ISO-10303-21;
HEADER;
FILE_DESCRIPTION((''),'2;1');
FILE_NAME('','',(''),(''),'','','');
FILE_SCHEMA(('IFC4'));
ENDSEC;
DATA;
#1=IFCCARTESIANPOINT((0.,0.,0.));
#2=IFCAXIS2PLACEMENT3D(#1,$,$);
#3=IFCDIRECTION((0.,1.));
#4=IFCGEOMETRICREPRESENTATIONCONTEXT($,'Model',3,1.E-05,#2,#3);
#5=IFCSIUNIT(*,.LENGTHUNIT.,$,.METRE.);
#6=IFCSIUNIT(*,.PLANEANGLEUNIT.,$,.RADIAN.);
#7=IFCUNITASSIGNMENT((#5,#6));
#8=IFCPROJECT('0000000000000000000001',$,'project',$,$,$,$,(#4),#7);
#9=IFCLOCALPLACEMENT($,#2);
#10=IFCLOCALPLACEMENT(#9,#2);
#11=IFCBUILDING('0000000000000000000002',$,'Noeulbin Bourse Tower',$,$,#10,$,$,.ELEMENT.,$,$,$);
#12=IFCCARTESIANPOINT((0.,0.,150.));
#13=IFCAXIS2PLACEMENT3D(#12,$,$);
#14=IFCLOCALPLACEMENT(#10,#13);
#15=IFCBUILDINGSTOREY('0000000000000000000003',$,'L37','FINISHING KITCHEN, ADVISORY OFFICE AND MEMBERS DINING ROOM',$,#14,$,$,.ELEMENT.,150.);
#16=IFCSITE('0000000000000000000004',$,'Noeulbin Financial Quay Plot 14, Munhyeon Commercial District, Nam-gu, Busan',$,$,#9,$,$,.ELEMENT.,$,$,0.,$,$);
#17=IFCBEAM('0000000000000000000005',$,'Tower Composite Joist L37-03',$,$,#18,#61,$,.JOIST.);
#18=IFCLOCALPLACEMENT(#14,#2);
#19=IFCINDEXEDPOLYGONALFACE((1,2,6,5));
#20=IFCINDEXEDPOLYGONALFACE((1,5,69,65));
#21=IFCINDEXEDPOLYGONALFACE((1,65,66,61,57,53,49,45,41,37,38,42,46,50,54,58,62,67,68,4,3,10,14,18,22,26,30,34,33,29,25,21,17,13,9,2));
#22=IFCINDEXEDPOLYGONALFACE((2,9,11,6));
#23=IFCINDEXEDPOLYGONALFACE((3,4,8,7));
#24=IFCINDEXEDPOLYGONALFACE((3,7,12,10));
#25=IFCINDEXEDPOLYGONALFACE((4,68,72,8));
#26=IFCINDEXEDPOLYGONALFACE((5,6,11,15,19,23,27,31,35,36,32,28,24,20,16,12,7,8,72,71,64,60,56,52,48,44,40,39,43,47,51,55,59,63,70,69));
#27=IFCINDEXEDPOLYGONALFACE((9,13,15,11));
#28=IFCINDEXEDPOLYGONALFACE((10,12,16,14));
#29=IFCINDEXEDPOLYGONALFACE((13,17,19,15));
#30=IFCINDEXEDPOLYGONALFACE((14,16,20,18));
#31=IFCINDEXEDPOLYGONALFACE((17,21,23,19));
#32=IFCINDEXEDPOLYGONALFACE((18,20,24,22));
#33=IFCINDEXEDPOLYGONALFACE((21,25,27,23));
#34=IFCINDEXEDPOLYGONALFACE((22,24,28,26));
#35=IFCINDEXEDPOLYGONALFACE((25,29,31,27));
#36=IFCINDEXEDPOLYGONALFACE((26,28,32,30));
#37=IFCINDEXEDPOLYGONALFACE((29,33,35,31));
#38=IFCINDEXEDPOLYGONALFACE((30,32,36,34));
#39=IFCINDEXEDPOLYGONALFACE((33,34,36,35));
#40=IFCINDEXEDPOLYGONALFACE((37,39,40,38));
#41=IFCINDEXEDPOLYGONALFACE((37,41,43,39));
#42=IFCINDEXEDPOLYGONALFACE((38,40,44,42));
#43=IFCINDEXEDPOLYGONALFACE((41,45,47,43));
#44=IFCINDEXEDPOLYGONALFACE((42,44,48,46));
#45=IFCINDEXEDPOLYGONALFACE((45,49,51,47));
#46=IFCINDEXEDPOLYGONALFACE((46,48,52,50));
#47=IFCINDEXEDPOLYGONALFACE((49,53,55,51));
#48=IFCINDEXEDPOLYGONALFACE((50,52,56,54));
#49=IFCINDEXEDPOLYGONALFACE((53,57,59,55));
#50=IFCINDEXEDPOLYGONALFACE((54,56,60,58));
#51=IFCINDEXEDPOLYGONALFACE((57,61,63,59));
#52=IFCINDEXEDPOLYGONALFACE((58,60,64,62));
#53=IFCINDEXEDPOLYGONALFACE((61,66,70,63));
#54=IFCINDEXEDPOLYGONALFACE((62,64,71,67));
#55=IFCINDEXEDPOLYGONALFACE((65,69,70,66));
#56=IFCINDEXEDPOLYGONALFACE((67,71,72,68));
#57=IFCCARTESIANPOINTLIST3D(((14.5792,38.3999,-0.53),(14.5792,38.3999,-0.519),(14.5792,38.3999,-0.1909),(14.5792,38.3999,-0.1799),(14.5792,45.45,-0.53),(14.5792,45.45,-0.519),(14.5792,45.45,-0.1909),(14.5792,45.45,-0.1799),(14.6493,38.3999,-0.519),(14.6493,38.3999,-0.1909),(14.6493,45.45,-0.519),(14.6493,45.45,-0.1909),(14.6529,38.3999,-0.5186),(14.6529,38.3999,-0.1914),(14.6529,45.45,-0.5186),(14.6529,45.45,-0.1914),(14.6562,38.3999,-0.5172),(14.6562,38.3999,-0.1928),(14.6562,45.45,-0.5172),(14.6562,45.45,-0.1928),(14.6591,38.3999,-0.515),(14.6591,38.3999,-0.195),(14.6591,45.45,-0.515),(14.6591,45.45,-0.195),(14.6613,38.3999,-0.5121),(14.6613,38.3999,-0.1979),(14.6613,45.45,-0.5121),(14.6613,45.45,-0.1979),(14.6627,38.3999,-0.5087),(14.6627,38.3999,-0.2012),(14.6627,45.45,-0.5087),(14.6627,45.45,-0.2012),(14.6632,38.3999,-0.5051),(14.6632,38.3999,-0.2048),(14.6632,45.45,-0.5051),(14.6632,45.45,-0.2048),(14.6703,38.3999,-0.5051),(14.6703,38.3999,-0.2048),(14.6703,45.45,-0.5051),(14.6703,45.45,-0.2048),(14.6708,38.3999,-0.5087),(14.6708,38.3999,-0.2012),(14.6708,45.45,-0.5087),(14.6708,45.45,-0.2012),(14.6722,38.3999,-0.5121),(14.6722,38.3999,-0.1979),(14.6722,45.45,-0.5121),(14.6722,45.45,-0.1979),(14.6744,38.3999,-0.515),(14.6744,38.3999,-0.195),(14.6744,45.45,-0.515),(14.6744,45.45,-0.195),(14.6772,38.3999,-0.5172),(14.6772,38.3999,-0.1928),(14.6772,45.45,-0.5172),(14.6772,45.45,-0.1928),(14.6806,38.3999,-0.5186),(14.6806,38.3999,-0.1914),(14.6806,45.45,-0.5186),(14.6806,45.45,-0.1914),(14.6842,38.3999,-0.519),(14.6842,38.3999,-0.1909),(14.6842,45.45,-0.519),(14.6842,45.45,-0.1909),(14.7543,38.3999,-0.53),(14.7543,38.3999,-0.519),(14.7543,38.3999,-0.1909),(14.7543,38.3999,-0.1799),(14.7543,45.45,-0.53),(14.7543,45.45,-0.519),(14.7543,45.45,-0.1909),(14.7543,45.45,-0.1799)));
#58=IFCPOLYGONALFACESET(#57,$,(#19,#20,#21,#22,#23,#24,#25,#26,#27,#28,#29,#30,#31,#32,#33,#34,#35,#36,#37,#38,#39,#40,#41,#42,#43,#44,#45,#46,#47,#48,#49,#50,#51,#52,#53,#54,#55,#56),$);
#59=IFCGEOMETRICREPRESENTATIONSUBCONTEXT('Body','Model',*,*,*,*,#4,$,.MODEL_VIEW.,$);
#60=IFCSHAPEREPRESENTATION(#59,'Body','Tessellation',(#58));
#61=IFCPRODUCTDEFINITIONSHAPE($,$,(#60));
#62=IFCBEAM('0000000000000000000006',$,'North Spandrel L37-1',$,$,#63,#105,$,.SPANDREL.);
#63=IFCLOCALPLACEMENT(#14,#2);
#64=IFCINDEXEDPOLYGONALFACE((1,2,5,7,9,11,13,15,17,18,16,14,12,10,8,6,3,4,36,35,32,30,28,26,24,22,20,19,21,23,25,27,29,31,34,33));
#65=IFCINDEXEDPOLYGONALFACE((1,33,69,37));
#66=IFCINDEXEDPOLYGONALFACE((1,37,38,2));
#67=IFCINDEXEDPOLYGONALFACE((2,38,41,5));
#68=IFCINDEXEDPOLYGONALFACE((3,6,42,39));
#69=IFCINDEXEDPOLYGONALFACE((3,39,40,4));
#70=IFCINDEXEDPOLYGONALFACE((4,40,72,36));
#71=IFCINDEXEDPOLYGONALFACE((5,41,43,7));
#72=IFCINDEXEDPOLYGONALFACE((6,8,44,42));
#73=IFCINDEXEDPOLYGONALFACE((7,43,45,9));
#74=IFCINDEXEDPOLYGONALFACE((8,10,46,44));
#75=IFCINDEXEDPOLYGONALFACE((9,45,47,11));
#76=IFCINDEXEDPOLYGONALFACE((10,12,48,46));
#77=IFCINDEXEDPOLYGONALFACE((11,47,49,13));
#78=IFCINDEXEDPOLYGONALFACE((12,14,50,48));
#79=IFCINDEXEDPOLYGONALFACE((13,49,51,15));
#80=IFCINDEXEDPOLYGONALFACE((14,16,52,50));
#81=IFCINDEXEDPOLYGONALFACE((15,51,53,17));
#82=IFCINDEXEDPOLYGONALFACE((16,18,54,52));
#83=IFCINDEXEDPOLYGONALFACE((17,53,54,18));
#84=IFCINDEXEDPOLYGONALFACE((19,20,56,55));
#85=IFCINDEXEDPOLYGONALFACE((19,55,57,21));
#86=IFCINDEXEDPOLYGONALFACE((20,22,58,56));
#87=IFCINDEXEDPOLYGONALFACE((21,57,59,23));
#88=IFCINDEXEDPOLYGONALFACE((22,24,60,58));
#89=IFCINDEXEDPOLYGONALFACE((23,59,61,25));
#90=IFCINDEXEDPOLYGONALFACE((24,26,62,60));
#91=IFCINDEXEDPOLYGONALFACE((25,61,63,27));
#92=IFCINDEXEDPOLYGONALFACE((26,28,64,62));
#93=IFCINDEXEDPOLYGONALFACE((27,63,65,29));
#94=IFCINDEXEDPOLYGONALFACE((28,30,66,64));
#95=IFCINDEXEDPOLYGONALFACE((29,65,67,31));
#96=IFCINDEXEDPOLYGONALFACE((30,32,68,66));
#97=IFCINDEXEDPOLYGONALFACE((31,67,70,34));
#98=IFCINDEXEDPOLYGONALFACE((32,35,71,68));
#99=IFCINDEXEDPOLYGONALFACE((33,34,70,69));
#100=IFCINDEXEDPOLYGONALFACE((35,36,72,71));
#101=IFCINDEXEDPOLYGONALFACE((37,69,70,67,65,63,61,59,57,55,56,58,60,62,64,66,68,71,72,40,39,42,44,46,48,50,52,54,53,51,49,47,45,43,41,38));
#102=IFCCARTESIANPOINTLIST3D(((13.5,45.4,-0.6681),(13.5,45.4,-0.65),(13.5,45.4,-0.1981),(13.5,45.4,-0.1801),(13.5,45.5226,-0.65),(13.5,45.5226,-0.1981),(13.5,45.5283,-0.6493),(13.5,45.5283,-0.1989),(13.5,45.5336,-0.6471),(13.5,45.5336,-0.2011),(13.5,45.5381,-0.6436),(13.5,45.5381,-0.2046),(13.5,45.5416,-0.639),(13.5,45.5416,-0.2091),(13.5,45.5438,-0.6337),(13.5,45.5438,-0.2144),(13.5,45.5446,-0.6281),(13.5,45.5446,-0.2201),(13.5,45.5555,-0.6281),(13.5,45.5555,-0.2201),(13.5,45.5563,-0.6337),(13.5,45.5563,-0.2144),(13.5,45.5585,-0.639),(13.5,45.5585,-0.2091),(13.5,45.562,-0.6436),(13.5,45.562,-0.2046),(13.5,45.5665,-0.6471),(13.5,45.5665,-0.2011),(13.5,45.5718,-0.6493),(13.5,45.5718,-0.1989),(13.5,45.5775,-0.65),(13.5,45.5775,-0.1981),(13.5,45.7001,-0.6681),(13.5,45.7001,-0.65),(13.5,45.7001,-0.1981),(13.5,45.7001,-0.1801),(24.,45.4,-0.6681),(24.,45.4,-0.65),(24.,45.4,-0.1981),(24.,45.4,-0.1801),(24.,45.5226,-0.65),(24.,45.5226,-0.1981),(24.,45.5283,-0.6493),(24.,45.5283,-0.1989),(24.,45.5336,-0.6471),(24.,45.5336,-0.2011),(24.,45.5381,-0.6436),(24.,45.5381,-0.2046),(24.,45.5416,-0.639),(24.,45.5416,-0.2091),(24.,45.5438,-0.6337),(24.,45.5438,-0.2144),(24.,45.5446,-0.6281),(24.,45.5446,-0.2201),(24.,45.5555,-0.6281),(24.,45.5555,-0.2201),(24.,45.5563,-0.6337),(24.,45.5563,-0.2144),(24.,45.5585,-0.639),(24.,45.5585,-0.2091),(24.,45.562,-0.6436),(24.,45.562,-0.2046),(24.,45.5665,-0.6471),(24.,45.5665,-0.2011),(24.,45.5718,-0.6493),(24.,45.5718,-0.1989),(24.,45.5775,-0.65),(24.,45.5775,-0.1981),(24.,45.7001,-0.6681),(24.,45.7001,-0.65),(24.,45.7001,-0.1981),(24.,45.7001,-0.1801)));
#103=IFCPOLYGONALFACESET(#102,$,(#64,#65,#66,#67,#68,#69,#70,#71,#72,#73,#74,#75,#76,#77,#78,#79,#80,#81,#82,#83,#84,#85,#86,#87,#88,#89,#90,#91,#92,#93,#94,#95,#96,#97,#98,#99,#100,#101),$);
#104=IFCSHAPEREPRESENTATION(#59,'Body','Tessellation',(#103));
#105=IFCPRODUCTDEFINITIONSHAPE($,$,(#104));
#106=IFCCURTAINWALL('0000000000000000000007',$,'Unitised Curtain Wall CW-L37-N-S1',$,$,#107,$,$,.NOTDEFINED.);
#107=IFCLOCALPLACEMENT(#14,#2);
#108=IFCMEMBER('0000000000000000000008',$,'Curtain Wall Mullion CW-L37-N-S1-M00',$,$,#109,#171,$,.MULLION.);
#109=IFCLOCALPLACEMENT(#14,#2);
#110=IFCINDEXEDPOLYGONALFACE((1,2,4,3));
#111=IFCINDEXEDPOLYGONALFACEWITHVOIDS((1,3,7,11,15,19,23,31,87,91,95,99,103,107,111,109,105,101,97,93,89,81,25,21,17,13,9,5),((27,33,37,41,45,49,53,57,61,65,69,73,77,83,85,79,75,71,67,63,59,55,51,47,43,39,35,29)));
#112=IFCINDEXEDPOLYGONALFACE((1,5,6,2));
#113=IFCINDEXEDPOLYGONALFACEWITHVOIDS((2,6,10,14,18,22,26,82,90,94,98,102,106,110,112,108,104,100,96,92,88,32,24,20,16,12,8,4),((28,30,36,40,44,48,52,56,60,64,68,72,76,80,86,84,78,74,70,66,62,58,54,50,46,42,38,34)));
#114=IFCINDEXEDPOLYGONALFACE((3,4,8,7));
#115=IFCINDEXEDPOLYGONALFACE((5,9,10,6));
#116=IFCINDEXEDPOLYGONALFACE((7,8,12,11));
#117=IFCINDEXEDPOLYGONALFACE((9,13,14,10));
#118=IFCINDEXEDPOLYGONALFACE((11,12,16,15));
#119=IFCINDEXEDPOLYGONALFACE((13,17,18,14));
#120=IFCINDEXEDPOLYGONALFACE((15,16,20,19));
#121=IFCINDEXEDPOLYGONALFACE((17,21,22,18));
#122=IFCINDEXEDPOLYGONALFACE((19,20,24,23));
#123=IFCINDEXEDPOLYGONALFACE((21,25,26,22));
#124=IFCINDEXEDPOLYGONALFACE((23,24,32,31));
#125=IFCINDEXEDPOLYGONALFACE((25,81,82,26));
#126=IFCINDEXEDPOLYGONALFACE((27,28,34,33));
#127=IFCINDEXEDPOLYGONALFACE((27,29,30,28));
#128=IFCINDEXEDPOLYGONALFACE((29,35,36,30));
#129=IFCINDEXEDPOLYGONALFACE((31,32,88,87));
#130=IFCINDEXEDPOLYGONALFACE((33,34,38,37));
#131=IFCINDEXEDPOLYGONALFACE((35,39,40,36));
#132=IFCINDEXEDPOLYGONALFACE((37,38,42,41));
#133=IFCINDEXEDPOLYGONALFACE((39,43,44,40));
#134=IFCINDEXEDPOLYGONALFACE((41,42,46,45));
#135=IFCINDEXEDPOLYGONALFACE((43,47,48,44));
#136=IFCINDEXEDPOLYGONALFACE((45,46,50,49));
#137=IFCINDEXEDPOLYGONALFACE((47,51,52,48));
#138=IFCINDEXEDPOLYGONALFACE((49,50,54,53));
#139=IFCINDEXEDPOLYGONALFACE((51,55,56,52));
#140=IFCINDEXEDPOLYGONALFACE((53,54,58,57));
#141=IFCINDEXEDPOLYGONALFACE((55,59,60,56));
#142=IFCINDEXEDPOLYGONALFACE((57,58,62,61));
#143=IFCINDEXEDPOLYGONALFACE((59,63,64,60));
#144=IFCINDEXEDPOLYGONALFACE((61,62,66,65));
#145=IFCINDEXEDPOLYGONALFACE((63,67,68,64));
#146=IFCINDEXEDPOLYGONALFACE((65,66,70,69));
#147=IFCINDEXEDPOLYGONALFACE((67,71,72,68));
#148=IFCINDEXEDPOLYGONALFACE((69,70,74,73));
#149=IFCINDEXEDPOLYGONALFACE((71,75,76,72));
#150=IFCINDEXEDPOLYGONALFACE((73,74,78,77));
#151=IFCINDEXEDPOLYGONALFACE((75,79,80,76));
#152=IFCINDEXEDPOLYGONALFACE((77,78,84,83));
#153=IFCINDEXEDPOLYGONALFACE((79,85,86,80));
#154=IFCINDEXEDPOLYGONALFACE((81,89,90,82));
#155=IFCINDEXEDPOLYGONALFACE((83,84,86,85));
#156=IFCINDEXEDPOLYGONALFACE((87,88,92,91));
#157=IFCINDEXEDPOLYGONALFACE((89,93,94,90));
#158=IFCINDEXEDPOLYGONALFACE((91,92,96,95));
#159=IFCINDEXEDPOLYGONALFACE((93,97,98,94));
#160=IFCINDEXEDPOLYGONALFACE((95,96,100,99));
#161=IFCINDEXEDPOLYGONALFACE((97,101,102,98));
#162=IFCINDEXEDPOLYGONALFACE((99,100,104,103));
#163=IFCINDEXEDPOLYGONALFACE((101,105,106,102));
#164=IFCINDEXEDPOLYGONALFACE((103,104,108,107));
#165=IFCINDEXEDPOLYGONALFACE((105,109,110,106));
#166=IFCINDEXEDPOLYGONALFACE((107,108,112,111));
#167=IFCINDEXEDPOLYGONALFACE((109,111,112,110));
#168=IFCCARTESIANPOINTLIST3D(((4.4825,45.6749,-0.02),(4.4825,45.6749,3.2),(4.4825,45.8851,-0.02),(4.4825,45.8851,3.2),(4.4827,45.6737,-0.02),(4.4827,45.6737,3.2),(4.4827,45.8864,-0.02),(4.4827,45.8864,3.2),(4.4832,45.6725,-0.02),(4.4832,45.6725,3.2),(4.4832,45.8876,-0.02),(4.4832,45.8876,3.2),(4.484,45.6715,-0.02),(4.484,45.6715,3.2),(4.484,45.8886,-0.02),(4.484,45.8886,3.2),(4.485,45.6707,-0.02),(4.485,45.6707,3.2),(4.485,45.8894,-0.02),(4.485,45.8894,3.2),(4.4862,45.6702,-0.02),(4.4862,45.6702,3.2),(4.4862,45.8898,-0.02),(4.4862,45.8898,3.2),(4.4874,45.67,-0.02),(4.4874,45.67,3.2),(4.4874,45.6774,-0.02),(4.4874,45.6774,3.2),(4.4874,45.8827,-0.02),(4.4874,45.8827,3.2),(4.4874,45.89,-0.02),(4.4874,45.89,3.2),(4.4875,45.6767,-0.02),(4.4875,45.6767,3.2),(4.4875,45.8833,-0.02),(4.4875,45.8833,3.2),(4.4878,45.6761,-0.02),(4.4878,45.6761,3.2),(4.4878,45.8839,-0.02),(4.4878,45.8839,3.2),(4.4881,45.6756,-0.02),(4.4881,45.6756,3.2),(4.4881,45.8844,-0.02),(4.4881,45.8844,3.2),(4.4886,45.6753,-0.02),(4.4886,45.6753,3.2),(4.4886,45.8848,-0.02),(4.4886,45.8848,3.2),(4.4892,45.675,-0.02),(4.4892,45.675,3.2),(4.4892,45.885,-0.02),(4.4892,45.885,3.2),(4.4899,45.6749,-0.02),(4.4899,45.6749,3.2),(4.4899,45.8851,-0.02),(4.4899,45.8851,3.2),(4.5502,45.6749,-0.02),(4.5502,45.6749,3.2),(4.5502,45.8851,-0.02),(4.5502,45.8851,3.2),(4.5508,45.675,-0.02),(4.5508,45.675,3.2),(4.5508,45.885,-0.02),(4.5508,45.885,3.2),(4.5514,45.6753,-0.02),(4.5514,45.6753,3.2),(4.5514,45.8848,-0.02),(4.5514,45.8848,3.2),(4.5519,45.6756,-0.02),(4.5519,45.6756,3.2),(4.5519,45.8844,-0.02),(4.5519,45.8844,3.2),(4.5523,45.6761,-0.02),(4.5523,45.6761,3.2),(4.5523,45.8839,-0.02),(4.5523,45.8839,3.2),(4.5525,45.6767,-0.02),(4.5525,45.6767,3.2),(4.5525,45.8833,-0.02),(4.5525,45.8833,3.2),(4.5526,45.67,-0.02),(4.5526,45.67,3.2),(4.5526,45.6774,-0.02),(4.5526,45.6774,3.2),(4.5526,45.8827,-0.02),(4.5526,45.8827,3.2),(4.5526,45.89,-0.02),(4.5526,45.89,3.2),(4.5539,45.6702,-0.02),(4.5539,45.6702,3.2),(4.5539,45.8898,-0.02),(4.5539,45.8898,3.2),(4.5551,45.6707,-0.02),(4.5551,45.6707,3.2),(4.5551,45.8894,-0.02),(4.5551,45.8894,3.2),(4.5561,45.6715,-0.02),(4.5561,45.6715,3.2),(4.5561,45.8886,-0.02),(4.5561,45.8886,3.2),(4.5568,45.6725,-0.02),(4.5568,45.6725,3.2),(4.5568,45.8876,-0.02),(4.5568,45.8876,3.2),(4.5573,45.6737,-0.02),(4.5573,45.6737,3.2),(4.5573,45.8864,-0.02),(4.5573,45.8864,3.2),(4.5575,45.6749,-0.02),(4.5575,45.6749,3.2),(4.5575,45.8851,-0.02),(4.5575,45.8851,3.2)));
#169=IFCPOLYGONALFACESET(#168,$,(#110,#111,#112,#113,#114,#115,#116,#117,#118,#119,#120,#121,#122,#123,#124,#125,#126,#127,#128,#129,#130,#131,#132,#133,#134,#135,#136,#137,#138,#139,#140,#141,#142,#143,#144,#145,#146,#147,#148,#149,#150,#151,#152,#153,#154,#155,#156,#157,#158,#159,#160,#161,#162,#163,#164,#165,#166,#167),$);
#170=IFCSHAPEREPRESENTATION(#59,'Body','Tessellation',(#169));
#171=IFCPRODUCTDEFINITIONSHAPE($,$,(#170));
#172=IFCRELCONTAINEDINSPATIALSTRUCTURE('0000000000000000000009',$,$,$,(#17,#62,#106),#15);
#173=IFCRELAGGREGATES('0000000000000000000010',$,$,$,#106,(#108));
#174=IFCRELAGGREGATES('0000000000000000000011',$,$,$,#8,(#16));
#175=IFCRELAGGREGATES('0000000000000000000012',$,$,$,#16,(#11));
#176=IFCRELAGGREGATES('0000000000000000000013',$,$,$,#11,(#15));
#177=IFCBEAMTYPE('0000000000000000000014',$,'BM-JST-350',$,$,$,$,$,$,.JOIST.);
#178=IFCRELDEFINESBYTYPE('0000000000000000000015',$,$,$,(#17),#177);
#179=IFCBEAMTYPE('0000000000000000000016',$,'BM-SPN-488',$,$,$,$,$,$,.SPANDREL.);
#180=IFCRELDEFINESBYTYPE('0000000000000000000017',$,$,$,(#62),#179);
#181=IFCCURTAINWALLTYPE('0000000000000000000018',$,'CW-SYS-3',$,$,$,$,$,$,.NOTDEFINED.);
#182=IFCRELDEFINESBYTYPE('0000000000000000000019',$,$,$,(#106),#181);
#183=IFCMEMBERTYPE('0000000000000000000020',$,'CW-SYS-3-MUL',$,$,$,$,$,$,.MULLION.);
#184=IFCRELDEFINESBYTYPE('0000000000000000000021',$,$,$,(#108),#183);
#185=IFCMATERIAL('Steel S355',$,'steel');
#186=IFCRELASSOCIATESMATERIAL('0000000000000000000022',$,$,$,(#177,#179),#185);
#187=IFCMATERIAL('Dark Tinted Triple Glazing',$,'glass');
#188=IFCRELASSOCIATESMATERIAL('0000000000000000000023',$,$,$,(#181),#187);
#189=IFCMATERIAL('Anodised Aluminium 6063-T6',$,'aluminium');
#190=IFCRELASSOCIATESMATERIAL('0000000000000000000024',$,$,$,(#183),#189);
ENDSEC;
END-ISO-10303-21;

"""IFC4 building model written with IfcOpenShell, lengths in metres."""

from ifc_helpers import new_model, si_unit, direction, frame, origin, origin_2d, place, context, subcontext, project, spatial, hollow_rectangle, i_section, extrude, material, material_profile, profile_set, type_object, element, aggregate, save


model = new_model("IFC4")

# Units and contexts
model_context = context("Model", 3, precision=1e-05, world=origin(), true_north=direction((0.0, 1.0)))
body_context = subcontext(model_context, "Body", "Model", "MODEL_VIEW")
ifc_project = project(units=[si_unit("LENGTHUNIT", "METRE"), si_unit("PLANEANGLEUNIT", "RADIAN")], contexts=[model_context])

# Site, building, storey
site_placement = place(None, origin())
site = spatial("IfcSite", under=ifc_project, at=site_placement, Name="Noeulbin Financial Quay Plot 14, Munhyeon Commercial District, Nam-gu, Busan", CompositionType="ELEMENT", RefElevation=0.0)
building_placement = place(site_placement, origin())
building = spatial("IfcBuilding", under=site, at=building_placement, Name="Noeulbin Bourse Tower", CompositionType="ELEMENT")
storey_placement = place(building_placement, frame((0.0, 0.0, 150.0)))
storey = spatial("IfcBuildingStorey", under=building, at=storey_placement, Name="L37", Description="FINISHING KITCHEN, ADVISORY OFFICE AND MEMBERS DINING ROOM", CompositionType="ELEMENT", Elevation=150.0)

# Shared definitions
ifc_material_1 = material(Name="Steel S355", Category="steel")

# Beams
ifc_material_profile_1 = material_profile(ifc_material_1, i_section(OverallWidth=0.175, OverallDepth=0.3501, WebThickness=0.0071, FlangeThickness=0.011, FilletRadius=0.0139, at=origin_2d()), Name="H-350x175x7x11", Category="LoadBearing")
ifc_profile_set_1 = profile_set([ifc_material_profile_1], Name="Steel S355")
beam_type_1 = type_object("IfcBeamType", Name="BM-JST-350", PredefinedType="JOIST", material=ifc_profile_set_1)
beam_1_placement = place(storey_placement, frame((14.6667, 38.3999, -0.355), z_axis=(0.0, 1.0, 0.0), x_axis=(-1.0, 0.0, 0.0)))
element("IfcBeam", 1, at=beam_1_placement, inside=storey, type_object=beam_type_1, Name="Tower Composite Joist L37-03", PredefinedType="JOIST", context=body_context, shape_type="SweptSolid", body=[
    extrude(i_section(OverallWidth=0.175, OverallDepth=0.3501, WebThickness=0.0071, FlangeThickness=0.011, FilletRadius=0.0139, at=origin_2d()), origin(), (0.0, 0.0, 1.0), 7.05),
])
ifc_material_profile_2 = material_profile(ifc_material_1, i_section(OverallWidth=0.3, OverallDepth=0.488, WebThickness=0.011, FlangeThickness=0.0181, FilletRadius=0.022, at=origin_2d()), Name="H-488x300x11x18", Category="LoadBearing")
ifc_profile_set_2 = profile_set([ifc_material_profile_2], Name="Steel S355")
beam_type_2 = type_object("IfcBeamType", Name="BM-SPN-488", PredefinedType="SPANDREL", material=ifc_profile_set_2)
beam_2_placement = place(storey_placement, frame((13.5, 45.55, -0.4241), z_axis=(1.0, 0.0, 0.0), x_axis=(0.0, 1.0, 0.0)))
element("IfcBeam", 2, at=beam_2_placement, inside=storey, type_object=beam_type_2, Name="North Spandrel L37-1", PredefinedType="SPANDREL", context=body_context, shape_type="SweptSolid", body=[
    extrude(i_section(OverallWidth=0.3, OverallDepth=0.488, WebThickness=0.011, FlangeThickness=0.0181, FilletRadius=0.022, at=origin_2d()), origin(), (0.0, 0.0, 1.0), 10.5),
])

# Curtain wall, member
ifc_material_2 = material(Name="Dark Tinted Triple Glazing", Category="glass")
curtain_wall_type = type_object("IfcCurtainWallType", Name="CW-SYS-3", PredefinedType="NOTDEFINED", material=ifc_material_2)
curtain_wall_1_placement = place(storey_placement, origin())
curtain_wall_1 = element("IfcCurtainWall", 3, at=curtain_wall_1_placement, inside=storey, type_object=curtain_wall_type, Name="Unitised Curtain Wall CW-L37-N-S1", PredefinedType="NOTDEFINED")
ifc_material_3 = material(Name="Anodised Aluminium 6063-T6", Category="aluminium")
ifc_material_profile_3 = material_profile(ifc_material_3, hollow_rectangle(XDim=0.075, YDim=0.22, WallThickness=0.0049, InnerFilletRadius=0.0024, OuterFilletRadius=0.0049, at=origin_2d()), Name="ALU-MULL-75x220x5", Category="LoadBearing")
ifc_profile_set_3 = profile_set([ifc_material_profile_3], Name="Anodised Aluminium 6063-T6")
member_type_1 = type_object("IfcMemberType", Name="CW-SYS-3-MUL", PredefinedType="MULLION", material=ifc_profile_set_3)
member_1_placement = place(storey_placement, frame((4.52, 45.78, -0.02), z_axis=(0.0, 0.0, 1.0), x_axis=(1.0, 0.0, 0.0)))
member_1 = element("IfcMember", 4, at=member_1_placement, type_object=member_type_1, Name="Curtain Wall Mullion CW-L37-N-S1-M00", PredefinedType="MULLION", context=body_context, shape_type="SweptSolid", body=[
    extrude(hollow_rectangle(XDim=0.075, YDim=0.22, WallThickness=0.0049, InnerFilletRadius=0.0024, OuterFilletRadius=0.0049, at=origin_2d()), origin(), (0.0, 0.0, 1.0), 3.22),
])

aggregate(curtain_wall_1, [member_1])

save(model, "model.ifc")
